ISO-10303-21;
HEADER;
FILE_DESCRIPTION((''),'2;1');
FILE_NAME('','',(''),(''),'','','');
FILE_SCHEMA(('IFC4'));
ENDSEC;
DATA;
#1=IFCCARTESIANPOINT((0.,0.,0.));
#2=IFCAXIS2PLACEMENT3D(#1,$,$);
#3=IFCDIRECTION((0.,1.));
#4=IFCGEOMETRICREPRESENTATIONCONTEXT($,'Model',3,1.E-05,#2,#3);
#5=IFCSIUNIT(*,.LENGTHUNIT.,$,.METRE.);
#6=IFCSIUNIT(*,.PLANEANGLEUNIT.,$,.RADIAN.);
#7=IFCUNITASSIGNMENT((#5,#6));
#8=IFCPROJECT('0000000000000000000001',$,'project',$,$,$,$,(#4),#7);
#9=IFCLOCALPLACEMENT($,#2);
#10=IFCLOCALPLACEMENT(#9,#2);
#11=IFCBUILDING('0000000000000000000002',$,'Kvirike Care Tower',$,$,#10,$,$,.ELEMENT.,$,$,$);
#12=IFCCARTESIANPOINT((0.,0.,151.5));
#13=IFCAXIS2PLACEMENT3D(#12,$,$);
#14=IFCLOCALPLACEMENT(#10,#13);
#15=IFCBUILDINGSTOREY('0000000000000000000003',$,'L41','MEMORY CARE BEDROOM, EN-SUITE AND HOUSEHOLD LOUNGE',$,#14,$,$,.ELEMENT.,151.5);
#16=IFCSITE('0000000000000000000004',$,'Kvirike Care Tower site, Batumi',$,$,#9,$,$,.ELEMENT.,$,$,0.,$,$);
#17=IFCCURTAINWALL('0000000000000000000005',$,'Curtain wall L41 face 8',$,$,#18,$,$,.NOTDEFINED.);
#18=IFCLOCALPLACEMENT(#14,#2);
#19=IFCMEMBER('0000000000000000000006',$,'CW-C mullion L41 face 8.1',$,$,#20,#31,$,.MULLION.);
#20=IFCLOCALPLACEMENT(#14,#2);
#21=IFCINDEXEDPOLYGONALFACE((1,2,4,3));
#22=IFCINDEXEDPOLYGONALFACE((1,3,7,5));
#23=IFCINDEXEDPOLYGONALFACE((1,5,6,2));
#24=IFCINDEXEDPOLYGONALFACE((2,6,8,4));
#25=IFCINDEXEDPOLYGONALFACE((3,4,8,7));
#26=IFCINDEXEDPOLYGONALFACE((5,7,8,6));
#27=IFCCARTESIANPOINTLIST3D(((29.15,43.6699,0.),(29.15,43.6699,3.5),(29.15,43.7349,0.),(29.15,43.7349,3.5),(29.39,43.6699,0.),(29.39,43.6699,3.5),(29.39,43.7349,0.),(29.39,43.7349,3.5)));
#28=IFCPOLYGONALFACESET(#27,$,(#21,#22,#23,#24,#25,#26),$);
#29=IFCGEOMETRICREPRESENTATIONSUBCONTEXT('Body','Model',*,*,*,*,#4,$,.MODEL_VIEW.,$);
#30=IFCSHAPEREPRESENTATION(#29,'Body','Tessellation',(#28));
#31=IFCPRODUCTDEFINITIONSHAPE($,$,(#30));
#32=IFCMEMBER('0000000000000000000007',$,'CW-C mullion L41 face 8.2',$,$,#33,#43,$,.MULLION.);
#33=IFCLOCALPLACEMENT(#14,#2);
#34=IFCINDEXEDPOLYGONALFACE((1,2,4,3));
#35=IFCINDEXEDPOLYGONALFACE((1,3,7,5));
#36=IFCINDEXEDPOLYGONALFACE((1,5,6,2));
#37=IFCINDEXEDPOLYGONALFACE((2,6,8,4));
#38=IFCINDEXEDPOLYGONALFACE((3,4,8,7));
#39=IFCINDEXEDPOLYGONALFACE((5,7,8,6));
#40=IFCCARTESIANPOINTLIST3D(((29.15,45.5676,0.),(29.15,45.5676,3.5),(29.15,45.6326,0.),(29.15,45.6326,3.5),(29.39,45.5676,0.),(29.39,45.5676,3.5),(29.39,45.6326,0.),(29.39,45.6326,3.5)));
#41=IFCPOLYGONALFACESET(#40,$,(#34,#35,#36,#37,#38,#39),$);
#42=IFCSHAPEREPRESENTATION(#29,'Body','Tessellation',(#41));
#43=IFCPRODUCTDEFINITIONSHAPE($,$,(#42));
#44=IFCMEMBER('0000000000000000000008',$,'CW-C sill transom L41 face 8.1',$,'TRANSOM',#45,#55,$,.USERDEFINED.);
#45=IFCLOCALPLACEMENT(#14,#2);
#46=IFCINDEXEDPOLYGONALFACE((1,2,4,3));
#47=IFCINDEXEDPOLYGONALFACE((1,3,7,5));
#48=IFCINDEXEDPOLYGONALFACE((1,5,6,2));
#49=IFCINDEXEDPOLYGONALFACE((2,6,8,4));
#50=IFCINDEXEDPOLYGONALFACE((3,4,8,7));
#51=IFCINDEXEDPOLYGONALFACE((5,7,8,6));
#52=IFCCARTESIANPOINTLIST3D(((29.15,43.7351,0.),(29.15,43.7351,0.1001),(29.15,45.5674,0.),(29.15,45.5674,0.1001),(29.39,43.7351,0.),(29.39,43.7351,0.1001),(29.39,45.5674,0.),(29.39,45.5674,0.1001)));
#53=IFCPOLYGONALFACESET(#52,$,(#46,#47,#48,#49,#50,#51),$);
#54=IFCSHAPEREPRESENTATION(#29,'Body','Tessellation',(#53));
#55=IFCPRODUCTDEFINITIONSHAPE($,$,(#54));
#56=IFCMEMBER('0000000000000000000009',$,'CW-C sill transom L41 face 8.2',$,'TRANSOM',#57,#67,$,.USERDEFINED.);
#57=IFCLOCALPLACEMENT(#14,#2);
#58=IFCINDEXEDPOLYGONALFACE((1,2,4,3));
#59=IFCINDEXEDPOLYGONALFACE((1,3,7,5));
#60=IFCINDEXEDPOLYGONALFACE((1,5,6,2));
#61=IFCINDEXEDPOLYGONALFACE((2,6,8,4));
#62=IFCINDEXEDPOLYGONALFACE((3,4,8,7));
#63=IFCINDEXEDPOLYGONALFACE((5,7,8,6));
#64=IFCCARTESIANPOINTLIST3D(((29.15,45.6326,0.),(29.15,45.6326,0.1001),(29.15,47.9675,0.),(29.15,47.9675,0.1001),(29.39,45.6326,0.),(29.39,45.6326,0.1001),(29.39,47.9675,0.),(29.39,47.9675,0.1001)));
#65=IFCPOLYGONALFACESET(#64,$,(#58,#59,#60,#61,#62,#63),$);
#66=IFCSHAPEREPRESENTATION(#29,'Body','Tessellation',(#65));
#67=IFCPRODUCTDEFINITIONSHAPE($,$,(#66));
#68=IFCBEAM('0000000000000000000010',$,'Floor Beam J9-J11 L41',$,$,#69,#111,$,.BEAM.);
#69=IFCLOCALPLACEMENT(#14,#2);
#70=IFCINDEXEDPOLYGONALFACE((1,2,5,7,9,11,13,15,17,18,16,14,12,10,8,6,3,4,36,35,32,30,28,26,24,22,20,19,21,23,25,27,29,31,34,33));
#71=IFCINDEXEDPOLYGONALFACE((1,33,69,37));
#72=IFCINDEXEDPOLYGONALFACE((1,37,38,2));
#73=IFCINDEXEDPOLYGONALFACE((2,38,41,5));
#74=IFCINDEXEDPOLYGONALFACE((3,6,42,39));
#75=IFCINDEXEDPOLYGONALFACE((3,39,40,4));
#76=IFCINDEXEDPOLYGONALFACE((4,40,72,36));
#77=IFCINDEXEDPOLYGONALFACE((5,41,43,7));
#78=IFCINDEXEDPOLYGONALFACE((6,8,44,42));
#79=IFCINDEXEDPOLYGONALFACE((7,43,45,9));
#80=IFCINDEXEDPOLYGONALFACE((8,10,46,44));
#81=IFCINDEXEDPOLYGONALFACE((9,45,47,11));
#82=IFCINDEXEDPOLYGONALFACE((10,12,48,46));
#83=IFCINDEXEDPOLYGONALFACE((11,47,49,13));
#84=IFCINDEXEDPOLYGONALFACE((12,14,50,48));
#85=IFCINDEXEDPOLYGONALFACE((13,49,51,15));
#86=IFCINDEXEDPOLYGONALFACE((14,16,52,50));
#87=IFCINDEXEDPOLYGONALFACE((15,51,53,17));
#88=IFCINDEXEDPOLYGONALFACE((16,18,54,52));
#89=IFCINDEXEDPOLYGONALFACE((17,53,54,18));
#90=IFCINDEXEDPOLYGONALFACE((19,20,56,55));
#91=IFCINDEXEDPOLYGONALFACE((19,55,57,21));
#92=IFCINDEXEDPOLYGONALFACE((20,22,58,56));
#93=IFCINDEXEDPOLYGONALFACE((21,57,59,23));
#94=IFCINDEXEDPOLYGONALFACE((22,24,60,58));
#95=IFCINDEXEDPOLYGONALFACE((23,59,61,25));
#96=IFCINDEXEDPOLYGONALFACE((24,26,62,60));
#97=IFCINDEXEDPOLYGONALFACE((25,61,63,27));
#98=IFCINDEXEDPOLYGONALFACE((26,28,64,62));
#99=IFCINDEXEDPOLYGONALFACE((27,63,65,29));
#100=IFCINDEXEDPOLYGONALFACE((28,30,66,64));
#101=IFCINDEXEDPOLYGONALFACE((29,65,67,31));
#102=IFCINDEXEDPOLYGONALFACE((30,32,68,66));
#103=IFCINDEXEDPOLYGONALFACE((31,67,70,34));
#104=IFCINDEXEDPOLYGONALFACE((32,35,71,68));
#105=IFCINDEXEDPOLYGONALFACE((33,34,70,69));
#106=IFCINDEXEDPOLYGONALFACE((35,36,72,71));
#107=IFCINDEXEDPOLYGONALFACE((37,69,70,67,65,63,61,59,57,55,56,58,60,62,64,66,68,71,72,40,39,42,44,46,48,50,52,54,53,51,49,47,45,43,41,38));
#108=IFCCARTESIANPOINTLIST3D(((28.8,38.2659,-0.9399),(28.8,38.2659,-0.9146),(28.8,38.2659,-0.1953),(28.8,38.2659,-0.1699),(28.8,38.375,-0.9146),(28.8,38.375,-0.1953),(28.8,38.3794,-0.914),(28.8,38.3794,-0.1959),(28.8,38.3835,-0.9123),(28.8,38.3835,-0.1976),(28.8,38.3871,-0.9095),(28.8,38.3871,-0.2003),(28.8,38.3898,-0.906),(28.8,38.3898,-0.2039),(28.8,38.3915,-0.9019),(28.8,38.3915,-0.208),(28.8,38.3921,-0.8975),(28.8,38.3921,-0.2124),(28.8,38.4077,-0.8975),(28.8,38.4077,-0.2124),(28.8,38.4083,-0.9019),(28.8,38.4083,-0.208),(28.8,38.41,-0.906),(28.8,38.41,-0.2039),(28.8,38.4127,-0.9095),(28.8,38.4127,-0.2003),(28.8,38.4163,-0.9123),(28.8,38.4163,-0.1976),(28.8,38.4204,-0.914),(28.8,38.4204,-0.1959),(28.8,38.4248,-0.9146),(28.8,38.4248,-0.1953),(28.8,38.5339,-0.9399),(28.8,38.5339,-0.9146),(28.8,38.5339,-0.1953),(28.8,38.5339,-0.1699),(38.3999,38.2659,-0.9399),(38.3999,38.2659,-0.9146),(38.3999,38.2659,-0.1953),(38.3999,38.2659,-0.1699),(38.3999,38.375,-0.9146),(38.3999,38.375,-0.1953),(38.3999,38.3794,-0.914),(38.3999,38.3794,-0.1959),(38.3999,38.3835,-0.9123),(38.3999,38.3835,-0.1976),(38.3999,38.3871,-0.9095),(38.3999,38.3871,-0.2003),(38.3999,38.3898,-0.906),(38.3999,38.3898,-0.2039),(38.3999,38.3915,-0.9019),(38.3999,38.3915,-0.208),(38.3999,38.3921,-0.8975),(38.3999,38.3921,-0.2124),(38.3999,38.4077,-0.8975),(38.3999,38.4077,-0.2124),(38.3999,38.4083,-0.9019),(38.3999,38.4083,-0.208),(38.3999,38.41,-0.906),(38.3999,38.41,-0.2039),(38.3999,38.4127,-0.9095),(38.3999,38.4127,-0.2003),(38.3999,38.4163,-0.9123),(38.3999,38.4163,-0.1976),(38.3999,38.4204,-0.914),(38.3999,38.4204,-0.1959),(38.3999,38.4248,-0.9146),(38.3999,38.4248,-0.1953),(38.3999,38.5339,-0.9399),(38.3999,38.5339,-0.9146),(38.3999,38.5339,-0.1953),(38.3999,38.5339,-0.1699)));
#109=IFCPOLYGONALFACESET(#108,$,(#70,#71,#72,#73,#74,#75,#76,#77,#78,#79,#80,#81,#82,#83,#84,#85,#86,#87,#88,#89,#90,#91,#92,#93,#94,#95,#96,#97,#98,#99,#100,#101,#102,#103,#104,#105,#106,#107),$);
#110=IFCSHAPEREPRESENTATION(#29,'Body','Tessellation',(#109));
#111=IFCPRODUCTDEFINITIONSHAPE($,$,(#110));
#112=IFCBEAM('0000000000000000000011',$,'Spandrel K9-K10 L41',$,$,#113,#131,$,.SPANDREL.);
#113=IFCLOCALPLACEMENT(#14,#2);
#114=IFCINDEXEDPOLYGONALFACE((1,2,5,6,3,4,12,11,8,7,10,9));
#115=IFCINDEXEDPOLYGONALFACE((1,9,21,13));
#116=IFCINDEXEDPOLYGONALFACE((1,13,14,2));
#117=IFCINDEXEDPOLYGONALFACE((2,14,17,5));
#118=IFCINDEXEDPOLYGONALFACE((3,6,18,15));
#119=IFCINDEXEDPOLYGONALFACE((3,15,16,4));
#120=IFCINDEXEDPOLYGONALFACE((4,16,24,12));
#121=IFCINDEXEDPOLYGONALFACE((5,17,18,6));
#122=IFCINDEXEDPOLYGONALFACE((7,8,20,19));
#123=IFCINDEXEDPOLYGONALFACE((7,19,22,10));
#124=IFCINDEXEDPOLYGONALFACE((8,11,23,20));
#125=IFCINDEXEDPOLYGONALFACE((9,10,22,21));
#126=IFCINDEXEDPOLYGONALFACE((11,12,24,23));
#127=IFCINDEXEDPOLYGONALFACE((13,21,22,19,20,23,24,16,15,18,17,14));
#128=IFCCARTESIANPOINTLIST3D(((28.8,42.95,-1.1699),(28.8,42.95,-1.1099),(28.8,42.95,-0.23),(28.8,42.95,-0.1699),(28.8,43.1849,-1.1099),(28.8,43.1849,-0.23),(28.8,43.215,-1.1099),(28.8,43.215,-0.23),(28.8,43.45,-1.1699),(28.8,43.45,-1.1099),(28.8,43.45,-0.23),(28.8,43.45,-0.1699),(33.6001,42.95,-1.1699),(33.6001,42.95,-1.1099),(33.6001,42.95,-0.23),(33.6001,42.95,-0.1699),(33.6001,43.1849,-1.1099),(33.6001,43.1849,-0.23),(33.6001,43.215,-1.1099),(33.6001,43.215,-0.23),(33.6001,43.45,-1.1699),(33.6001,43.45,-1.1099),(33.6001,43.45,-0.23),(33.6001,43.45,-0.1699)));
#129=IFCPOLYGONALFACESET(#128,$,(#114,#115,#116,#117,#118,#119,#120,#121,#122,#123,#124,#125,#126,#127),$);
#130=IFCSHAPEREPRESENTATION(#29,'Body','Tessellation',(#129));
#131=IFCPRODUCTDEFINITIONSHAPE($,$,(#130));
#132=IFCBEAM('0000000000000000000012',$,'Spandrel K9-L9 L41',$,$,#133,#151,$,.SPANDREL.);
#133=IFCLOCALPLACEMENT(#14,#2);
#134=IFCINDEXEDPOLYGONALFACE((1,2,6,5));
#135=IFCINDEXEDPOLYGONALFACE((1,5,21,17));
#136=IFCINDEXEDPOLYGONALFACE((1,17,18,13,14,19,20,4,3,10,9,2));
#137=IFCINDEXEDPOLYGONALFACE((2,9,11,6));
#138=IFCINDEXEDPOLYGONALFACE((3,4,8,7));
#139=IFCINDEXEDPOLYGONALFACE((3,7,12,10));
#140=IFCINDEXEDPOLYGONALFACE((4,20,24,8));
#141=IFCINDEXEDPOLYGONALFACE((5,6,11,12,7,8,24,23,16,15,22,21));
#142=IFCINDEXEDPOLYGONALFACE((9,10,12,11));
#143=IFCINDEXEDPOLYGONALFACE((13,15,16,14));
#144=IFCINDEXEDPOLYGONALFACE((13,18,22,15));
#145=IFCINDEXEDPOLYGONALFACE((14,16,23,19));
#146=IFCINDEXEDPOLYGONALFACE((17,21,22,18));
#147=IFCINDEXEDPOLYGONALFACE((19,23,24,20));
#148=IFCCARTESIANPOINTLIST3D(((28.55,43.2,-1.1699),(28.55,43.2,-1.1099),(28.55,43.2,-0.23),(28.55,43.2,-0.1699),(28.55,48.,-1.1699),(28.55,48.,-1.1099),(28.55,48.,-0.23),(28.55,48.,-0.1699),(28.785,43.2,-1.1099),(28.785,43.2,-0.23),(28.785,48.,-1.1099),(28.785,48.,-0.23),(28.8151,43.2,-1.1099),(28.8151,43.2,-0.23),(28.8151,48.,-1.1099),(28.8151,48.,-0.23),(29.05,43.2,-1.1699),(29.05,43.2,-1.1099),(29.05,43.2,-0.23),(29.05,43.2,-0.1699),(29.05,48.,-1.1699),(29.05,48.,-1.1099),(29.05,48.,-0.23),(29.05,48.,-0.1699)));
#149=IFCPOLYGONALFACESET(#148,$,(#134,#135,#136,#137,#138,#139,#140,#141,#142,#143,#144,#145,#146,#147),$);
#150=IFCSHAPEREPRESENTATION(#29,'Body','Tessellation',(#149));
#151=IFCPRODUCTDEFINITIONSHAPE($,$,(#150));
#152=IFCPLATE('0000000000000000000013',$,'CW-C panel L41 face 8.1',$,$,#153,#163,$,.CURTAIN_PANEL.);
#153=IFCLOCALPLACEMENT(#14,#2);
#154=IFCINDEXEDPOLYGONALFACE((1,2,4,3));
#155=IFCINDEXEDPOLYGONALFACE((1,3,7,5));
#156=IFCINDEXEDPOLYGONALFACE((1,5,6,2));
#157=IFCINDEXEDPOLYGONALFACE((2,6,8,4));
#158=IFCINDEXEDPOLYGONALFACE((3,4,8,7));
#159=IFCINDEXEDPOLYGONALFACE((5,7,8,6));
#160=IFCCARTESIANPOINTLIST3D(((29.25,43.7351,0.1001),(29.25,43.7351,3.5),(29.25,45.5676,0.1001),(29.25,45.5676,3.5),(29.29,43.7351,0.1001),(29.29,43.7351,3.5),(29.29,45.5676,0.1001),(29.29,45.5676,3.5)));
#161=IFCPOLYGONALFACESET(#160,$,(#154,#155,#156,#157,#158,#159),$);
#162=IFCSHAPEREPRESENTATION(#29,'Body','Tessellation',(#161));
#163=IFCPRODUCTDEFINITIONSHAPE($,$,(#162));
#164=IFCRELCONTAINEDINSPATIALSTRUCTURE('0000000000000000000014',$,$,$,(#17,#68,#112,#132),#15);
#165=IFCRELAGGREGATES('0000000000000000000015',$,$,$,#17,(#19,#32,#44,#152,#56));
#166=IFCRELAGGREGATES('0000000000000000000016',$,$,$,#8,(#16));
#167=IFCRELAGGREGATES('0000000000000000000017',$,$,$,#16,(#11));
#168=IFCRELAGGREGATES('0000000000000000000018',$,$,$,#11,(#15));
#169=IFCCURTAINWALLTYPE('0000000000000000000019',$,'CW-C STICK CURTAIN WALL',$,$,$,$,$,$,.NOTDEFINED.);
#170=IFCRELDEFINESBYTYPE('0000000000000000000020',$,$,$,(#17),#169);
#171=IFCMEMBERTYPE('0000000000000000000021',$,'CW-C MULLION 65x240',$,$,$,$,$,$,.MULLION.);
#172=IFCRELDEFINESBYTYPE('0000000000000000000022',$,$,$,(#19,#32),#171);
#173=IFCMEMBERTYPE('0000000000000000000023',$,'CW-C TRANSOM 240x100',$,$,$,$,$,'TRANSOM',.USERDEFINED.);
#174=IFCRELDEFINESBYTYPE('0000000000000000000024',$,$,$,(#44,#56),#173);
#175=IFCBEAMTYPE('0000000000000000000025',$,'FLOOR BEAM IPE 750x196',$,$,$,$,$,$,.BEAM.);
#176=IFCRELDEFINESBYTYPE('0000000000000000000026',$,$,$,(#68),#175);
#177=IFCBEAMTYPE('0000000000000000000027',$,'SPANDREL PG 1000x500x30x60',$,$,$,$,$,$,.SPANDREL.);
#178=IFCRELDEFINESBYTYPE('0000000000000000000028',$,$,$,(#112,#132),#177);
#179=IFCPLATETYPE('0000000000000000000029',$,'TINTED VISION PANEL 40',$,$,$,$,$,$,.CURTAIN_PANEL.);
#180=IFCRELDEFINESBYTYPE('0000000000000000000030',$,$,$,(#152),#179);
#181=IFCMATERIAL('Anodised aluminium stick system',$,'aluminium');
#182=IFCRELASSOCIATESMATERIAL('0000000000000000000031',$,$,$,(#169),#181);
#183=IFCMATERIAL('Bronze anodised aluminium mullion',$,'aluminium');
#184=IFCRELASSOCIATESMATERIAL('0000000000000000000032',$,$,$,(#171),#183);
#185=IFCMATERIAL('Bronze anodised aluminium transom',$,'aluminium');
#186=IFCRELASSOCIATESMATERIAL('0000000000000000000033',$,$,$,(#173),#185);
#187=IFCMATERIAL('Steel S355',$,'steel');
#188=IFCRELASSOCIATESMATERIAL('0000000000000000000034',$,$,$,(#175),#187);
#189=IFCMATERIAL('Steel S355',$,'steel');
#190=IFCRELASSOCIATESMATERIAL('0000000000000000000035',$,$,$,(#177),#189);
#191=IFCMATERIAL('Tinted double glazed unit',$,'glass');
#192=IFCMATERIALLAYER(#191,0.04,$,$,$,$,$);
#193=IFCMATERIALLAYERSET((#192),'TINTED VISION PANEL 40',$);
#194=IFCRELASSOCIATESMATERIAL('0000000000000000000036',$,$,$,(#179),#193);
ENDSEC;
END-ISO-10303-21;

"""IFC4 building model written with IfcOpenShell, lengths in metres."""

from ifc_helpers import new_model, si_unit, direction, frame, origin, origin_2d, place, context, subcontext, project, spatial, rectangle, i_section, extrude, material, layer, layer_set, material_profile, profile_set, type_object, element, aggregate, save


model = new_model("IFC4")

# Units and contexts
model_context = context("Model", 3, precision=1e-05, world=origin(), true_north=direction((0.0, 1.0)))
body_context = subcontext(model_context, "Body", "Model", "MODEL_VIEW")
ifc_project = project(units=[si_unit("LENGTHUNIT", "METRE"), si_unit("PLANEANGLEUNIT", "RADIAN")], contexts=[model_context])

# Site, building, storey
site_placement = place(None, origin())
site = spatial("IfcSite", under=ifc_project, at=site_placement, Name="Kvirike Care Tower site, Batumi", CompositionType="ELEMENT", RefElevation=0.0)
building_placement = place(site_placement, origin())
building = spatial("IfcBuilding", under=site, at=building_placement, Name="Kvirike Care Tower", CompositionType="ELEMENT")
storey_placement = place(building_placement, frame((0.0, 0.0, 151.5)))
storey = spatial("IfcBuildingStorey", under=building, at=storey_placement, Name="L41", Description="MEMORY CARE BEDROOM, EN-SUITE AND HOUSEHOLD LOUNGE", CompositionType="ELEMENT", Elevation=151.5)

# Curtain wall, members
ifc_material_1 = material(Name="Anodised aluminium stick system", Category="aluminium")
curtain_wall_type = type_object("IfcCurtainWallType", Name="CW-C STICK CURTAIN WALL", PredefinedType="NOTDEFINED", material=ifc_material_1)
curtain_wall_placement = place(storey_placement, origin())
curtain_wall = element("IfcCurtainWall", 1, at=curtain_wall_placement, inside=storey, type_object=curtain_wall_type, Name="Curtain wall L41 face 8", PredefinedType="NOTDEFINED")
ifc_material_2 = material(Name="Bronze anodised aluminium mullion", Category="aluminium")
ifc_material_profile_1 = material_profile(ifc_material_2, rectangle(XDim=0.0649, YDim=0.24, at=origin_2d()), Name="CW-C MULLION 65x240")
ifc_profile_set_1 = profile_set([ifc_material_profile_1], Name="Bronze anodised aluminium mullion")
member_type_1 = type_object("IfcMemberType", Name="CW-C MULLION 65x240", PredefinedType="MULLION", material=ifc_profile_set_1)
member_1_placement = place(storey_placement, frame((29.27, 43.7024, 0.0), z_axis=(0.0, 0.0, 1.0), x_axis=(0.0, 1.0, 0.0)))
member_1 = element("IfcMember", 2, at=member_1_placement, type_object=member_type_1, Name="CW-C mullion L41 face 8.1", PredefinedType="MULLION", context=body_context, shape_type="SweptSolid", body=[
    extrude(rectangle(XDim=0.0649, YDim=0.24, at=origin_2d()), origin(), (0.0, 0.0, 1.0), 3.5),
])
member_2_placement = place(storey_placement, frame((29.27, 45.6001, 0.0), z_axis=(0.0, 0.0, 1.0), x_axis=(0.0, 1.0, 0.0)))
member_2 = element("IfcMember", 3, at=member_2_placement, type_object=member_type_1, Name="CW-C mullion L41 face 8.2", PredefinedType="MULLION", context=body_context, shape_type="SweptSolid", body=[
    extrude(rectangle(XDim=0.0649, YDim=0.24, at=origin_2d()), origin(), (0.0, 0.0, 1.0), 3.5),
])
ifc_material_3 = material(Name="Bronze anodised aluminium transom", Category="aluminium")
ifc_material_profile_2 = material_profile(ifc_material_3, rectangle(XDim=0.24, YDim=0.1001, at=origin_2d()), Name="CW-C TRANSOM 240x100")
ifc_profile_set_2 = profile_set([ifc_material_profile_2], Name="Bronze anodised aluminium transom")
member_type_2 = type_object("IfcMemberType", Name="CW-C TRANSOM 240x100", ElementType="TRANSOM", PredefinedType="USERDEFINED", material=ifc_profile_set_2)
member_3_placement = place(storey_placement, frame((29.27, 43.7351, 0.05), z_axis=(0.0, 1.0, 0.0), x_axis=(-1.0, 0.0, 0.0)))
member_3 = element("IfcMember", 4, at=member_3_placement, type_object=member_type_2, Name="CW-C sill transom L41 face 8.1", ObjectType="TRANSOM", PredefinedType="USERDEFINED", context=body_context, shape_type="SweptSolid", body=[
    extrude(rectangle(XDim=0.24, YDim=0.1001, at=origin_2d()), origin(), (0.0, 0.0, 1.0), 1.8323),
])
member_4_placement = place(storey_placement, frame((29.27, 45.6326, 0.05), z_axis=(0.0, 1.0, 0.0), x_axis=(-1.0, 0.0, 0.0)))
member_4 = element("IfcMember", 5, at=member_4_placement, type_object=member_type_2, Name="CW-C sill transom L41 face 8.2", ObjectType="TRANSOM", PredefinedType="USERDEFINED", context=body_context, shape_type="SweptSolid", body=[
    extrude(rectangle(XDim=0.24, YDim=0.1001, at=origin_2d()), origin(), (0.0, 0.0, 1.0), 2.335),
])

# Beams
ifc_material_4 = material(Name="Steel S355", Category="steel")
ifc_material_profile_3 = material_profile(ifc_material_4, i_section(OverallWidth=0.2681, OverallDepth=0.77, WebThickness=0.0156, FlangeThickness=0.0254, FilletRadius=0.0171, at=origin_2d()), Name="IPE 750x196")
ifc_profile_set_3 = profile_set([ifc_material_profile_3], Name="Steel S355")
beam_type_1 = type_object("IfcBeamType", Name="FLOOR BEAM IPE 750x196", PredefinedType="BEAM", material=ifc_profile_set_3)
beam_placement = place(storey_placement, frame((28.8, 38.3999, -0.5549), z_axis=(1.0, 0.0, 0.0), x_axis=(0.0, 1.0, 0.0)))
element("IfcBeam", 6, at=beam_placement, inside=storey, type_object=beam_type_1, Name="Floor Beam J9-J11 L41", PredefinedType="BEAM", context=body_context, shape_type="SweptSolid", body=[
    extrude(i_section(OverallWidth=0.2681, OverallDepth=0.77, WebThickness=0.0156, FlangeThickness=0.0254, FilletRadius=0.0171, at=origin_2d()), origin(), (0.0, 0.0, 1.0), 9.5999),
])
ifc_material_5 = material(Name="Steel S355", Category="steel")
ifc_material_profile_4 = material_profile(ifc_material_5, i_section(OverallWidth=0.5, OverallDepth=1.0, WebThickness=0.03, FlangeThickness=0.0601, at=origin_2d()), Name="PG 1000x500x30x60")
ifc_profile_set_4 = profile_set([ifc_material_profile_4], Name="Steel S355")
beam_type_2 = type_object("IfcBeamType", Name="SPANDREL PG 1000x500x30x60", PredefinedType="SPANDREL", material=ifc_profile_set_4)
for number, where, z_axis, x_axis, name in (
    (7, (28.8, 43.2, -0.6699), (1.0, 0.0, 0.0), (0.0, 1.0, 0.0), "Spandrel K9-K10 L41"),
    (8, (28.8, 43.2, -0.6699), (0.0, 1.0, 0.0), (-1.0, 0.0, 0.0), "Spandrel K9-L9 L41"),
):
    element("IfcBeam", number, at=place(storey_placement, frame(where, z_axis=z_axis, x_axis=x_axis)), inside=storey, type_object=beam_type_2, Name=name, PredefinedType="SPANDREL", context=body_context, shape_type="SweptSolid", body=[
        extrude(i_section(OverallWidth=0.5, OverallDepth=1.0, WebThickness=0.03, FlangeThickness=0.0601, at=origin_2d()), origin(), (0.0, 0.0, 1.0), 4.8),
    ])

# Plate
ifc_material_6 = material(Name="Tinted double glazed unit", Category="glass")
ifc_layer_1 = layer(ifc_material_6, 0.04)
ifc_layer_set_1 = layer_set([ifc_layer_1], Name="TINTED VISION PANEL 40")
plate_type = type_object("IfcPlateType", Name="TINTED VISION PANEL 40", PredefinedType="CURTAIN_PANEL", material=ifc_layer_set_1)
plate_placement = place(storey_placement, frame((29.27, 44.6514, 0.1001), z_axis=(0.0, 0.0, 1.0), x_axis=(0.0, 1.0, 0.0)))
plate = element("IfcPlate", 9, at=plate_placement, type_object=plate_type, Name="CW-C panel L41 face 8.1", PredefinedType="CURTAIN_PANEL", context=body_context, shape_type="SweptSolid", body=[
    extrude(rectangle(XDim=1.8325, YDim=0.04, at=origin_2d()), origin(), (0.0, 0.0, 1.0), 3.3999),
])
aggregate(curtain_wall, [member_1, member_2, member_3, plate, member_4])

save(model, "model.ifc")
